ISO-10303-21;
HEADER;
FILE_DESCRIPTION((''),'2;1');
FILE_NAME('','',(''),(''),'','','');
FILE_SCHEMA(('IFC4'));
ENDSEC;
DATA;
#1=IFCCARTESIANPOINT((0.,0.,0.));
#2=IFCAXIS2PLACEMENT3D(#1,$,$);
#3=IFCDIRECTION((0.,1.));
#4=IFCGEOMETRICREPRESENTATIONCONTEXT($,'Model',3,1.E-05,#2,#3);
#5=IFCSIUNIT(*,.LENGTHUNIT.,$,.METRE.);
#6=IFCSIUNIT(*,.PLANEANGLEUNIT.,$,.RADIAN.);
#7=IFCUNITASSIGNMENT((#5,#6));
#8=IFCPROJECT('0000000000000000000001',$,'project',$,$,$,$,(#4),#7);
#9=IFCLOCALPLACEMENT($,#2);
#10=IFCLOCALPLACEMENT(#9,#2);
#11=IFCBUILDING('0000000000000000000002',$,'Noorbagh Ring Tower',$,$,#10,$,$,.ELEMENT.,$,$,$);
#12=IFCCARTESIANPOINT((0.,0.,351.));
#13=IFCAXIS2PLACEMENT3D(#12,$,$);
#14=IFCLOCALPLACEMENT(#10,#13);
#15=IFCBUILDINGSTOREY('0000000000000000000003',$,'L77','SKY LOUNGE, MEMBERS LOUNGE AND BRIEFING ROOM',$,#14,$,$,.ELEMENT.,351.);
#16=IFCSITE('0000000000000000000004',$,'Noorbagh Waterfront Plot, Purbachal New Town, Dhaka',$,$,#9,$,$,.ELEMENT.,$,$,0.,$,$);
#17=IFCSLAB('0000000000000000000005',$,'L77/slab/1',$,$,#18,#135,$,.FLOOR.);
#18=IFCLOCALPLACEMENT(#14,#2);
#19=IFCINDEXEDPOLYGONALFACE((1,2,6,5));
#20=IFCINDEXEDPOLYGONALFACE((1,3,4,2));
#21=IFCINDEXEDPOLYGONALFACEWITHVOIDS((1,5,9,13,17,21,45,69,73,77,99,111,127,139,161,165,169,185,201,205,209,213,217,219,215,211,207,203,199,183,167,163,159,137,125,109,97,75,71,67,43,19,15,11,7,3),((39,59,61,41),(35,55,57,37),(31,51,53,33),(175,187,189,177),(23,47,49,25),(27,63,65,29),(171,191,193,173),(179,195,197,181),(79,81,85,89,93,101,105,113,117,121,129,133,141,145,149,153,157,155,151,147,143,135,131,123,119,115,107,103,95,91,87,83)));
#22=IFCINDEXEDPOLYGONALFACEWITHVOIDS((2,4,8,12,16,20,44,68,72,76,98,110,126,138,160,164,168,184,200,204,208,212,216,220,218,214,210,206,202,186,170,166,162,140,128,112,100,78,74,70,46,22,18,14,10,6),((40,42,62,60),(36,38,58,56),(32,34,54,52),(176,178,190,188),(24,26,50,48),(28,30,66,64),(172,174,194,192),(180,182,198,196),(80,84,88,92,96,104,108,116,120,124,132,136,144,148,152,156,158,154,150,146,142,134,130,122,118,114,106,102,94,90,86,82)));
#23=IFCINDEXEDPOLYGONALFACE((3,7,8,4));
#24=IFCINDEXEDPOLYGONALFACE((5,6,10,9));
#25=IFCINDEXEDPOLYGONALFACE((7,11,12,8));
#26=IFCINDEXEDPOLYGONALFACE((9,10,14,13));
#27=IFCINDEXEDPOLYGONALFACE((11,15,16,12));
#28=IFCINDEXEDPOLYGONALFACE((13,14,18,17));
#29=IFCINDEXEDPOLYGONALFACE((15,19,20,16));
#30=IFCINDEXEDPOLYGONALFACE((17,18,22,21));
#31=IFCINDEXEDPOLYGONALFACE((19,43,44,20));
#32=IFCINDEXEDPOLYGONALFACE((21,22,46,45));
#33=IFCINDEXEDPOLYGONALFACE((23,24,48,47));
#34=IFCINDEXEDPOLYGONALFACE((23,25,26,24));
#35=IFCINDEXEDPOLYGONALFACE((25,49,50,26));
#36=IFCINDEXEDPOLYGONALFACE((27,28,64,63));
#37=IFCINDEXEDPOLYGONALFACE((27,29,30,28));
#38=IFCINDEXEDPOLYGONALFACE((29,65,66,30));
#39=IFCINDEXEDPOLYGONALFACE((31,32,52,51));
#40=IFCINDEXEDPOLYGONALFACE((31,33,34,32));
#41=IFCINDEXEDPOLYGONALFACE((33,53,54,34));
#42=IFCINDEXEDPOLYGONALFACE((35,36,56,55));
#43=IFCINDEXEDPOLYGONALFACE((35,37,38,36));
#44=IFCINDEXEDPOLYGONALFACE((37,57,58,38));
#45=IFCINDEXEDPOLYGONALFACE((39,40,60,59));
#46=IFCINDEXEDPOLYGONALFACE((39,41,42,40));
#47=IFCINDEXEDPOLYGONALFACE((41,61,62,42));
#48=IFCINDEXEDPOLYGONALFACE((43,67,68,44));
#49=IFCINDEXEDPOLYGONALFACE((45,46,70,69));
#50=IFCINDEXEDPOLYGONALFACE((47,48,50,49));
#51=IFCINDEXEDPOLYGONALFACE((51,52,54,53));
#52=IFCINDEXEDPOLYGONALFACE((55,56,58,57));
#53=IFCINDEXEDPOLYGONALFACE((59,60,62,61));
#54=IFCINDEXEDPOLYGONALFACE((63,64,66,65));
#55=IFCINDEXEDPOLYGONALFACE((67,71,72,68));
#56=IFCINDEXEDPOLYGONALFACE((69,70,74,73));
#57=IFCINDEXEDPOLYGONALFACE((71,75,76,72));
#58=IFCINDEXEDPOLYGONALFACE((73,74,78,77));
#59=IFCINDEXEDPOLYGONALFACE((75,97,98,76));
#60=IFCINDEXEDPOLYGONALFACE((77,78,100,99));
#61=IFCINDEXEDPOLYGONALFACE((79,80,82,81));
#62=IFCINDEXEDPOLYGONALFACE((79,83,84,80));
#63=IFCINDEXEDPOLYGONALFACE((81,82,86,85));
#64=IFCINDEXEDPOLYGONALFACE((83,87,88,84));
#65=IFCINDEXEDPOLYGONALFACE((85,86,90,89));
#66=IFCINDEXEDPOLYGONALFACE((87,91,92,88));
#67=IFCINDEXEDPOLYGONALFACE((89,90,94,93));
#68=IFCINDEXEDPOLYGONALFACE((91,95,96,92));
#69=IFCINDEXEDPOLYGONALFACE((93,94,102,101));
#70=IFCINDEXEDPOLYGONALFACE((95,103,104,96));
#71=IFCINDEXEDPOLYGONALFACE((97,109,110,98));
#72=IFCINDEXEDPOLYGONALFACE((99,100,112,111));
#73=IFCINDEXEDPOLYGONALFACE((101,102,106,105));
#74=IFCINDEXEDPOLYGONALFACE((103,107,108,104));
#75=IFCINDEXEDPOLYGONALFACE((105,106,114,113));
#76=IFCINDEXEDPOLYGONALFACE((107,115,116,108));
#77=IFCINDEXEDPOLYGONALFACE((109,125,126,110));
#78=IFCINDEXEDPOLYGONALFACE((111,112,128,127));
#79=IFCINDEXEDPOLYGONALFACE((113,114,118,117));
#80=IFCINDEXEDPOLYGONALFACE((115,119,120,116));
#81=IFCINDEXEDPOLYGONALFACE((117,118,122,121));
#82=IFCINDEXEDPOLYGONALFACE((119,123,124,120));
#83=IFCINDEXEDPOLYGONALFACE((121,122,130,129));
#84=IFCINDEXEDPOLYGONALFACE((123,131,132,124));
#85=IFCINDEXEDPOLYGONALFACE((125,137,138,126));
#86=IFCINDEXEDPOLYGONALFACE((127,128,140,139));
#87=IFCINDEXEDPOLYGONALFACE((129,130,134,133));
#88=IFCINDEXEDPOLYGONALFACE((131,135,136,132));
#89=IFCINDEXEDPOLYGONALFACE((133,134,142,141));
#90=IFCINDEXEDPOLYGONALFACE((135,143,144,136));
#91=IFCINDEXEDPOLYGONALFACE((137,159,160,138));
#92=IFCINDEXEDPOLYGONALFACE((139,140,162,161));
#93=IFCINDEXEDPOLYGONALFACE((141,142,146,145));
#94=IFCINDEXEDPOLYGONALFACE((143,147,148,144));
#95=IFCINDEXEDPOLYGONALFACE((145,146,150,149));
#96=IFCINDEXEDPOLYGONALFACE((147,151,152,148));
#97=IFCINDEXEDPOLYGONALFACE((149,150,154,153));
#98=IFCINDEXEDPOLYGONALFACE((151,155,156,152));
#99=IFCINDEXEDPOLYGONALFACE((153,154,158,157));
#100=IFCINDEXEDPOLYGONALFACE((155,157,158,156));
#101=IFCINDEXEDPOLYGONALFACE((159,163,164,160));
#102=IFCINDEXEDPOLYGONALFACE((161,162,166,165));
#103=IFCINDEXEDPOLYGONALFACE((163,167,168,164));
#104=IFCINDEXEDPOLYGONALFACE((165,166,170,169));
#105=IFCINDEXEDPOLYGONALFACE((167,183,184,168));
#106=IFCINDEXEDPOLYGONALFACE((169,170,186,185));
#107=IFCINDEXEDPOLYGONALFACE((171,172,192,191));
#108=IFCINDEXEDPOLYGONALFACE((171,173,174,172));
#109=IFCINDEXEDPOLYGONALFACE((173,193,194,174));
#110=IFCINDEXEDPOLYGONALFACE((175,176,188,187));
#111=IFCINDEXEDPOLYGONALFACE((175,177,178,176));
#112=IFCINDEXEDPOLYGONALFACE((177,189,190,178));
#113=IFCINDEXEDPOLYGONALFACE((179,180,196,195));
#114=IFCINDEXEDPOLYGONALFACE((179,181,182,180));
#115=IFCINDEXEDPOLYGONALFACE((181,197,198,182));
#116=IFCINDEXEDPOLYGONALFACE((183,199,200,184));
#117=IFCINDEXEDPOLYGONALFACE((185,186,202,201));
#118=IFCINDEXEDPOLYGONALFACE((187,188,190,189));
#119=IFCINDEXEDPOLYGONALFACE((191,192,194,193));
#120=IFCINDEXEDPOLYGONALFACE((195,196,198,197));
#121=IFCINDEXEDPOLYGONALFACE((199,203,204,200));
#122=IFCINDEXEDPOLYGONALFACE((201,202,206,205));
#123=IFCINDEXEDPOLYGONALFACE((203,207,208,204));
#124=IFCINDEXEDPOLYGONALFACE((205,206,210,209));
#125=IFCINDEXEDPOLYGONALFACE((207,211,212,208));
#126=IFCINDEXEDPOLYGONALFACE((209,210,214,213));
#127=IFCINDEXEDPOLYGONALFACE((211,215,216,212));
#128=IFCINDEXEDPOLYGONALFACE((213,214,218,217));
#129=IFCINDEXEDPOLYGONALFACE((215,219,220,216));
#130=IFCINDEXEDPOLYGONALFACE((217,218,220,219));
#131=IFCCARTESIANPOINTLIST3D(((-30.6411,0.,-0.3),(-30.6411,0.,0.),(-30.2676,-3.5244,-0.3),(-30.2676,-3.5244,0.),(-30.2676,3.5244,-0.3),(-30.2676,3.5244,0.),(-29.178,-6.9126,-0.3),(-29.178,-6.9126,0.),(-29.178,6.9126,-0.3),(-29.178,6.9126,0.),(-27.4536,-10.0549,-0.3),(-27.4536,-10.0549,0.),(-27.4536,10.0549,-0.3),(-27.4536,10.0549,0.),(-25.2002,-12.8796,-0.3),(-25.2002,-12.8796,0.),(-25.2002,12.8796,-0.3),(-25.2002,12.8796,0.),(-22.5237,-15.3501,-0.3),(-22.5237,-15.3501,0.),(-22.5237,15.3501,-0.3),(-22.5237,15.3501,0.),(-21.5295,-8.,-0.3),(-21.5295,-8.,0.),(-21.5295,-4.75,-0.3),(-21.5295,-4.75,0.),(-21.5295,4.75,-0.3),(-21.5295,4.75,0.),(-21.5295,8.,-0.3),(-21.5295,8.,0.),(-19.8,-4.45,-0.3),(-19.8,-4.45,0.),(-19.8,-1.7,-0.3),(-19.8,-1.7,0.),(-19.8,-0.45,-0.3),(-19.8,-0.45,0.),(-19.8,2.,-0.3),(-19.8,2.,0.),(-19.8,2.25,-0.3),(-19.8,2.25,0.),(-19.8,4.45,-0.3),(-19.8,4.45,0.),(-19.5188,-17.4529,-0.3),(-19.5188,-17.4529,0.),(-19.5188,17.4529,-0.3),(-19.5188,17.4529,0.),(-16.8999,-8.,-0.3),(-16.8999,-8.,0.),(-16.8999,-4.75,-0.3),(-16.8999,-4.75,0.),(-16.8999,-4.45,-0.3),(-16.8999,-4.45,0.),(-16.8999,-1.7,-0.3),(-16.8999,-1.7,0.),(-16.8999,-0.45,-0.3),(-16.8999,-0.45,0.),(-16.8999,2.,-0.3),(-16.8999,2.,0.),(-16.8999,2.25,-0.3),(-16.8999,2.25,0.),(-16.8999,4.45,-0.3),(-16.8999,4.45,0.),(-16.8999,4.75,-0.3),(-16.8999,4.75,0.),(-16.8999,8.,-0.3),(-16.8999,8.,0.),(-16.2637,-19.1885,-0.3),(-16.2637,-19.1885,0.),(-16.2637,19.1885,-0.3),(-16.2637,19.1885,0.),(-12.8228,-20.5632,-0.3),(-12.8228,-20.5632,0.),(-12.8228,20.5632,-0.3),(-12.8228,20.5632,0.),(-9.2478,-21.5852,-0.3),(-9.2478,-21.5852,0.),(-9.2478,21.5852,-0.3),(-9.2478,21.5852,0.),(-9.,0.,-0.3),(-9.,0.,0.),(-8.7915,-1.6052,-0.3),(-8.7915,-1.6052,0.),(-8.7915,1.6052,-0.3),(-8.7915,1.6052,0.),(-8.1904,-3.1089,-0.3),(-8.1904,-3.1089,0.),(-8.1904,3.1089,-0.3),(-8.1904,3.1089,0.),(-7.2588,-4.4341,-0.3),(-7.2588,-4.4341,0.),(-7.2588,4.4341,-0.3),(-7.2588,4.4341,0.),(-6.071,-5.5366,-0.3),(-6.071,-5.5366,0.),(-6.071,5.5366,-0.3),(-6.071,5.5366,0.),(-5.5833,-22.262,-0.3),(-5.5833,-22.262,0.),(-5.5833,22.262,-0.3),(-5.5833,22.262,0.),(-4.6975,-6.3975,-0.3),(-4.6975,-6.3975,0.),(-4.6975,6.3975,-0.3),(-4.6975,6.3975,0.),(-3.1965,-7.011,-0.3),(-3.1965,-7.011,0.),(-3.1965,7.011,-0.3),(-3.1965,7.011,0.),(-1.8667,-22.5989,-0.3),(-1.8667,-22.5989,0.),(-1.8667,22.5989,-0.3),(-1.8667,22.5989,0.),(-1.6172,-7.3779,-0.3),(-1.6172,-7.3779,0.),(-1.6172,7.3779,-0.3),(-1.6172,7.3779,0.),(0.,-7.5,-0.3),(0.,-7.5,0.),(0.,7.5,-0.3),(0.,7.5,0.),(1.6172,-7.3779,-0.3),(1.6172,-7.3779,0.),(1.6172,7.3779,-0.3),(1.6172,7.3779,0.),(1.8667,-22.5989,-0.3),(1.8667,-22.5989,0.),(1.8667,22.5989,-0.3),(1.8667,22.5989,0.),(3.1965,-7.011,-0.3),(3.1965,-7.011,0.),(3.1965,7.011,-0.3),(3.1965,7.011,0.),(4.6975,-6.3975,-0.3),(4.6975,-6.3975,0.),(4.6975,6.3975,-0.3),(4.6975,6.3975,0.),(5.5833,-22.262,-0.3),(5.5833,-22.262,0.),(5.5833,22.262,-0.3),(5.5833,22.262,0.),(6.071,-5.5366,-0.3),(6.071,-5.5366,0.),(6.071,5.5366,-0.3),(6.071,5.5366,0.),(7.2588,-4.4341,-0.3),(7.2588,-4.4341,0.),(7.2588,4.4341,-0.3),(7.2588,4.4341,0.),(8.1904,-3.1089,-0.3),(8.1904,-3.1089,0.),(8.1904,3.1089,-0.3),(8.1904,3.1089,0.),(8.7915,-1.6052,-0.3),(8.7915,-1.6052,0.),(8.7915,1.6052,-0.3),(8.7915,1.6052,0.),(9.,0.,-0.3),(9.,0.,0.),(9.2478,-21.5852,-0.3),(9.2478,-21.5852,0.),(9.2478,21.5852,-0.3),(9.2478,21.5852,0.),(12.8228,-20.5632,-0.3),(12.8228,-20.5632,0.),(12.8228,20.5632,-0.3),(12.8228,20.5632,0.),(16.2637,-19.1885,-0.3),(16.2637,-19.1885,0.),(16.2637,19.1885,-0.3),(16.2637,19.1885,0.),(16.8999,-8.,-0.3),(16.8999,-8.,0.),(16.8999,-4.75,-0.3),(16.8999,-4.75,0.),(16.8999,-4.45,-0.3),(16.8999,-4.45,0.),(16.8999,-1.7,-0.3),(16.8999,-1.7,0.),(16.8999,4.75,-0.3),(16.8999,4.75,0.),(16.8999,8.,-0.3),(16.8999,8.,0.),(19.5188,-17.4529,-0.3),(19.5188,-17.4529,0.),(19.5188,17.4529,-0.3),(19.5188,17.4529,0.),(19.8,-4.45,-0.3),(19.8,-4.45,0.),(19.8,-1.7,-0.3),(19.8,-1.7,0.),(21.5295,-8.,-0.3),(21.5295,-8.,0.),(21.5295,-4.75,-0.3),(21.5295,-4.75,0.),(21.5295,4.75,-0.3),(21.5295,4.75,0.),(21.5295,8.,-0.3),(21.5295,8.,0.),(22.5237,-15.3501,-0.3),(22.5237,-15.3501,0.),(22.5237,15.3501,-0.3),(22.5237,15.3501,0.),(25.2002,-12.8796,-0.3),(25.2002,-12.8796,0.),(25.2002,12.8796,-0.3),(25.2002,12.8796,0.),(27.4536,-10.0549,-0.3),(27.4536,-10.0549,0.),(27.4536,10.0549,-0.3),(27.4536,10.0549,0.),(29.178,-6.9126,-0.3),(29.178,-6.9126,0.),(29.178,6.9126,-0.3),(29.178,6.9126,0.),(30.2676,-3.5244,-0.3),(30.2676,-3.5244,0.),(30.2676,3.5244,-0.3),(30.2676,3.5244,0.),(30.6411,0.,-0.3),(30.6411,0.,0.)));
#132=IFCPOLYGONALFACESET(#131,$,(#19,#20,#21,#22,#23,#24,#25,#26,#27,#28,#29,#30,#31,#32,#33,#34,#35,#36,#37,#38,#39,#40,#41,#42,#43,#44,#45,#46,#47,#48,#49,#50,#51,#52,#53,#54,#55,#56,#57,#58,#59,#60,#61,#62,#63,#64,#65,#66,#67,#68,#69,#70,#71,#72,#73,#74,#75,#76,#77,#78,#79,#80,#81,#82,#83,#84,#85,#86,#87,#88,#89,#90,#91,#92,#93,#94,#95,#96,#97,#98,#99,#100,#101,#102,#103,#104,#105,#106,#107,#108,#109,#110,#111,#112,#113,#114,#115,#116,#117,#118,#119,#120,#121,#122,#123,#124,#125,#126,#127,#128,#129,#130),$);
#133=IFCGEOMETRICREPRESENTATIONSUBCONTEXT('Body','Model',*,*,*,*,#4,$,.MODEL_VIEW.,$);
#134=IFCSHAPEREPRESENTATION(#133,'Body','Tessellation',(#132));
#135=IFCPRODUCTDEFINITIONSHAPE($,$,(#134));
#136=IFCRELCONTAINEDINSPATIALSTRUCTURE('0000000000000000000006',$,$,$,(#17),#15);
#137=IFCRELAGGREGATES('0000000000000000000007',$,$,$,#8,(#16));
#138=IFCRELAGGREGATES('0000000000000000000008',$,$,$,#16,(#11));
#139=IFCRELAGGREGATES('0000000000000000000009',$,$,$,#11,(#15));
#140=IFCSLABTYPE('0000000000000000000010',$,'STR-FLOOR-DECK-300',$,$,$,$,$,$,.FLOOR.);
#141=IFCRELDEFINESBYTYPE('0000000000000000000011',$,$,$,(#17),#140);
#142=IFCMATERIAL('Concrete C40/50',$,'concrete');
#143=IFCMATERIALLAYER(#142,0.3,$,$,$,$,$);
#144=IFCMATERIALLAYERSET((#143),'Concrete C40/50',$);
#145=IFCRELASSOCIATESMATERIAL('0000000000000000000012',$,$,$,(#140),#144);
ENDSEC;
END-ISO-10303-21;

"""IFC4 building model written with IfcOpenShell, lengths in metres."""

from ifc_helpers import new_model, si_unit, direction, frame, origin, place, context, subcontext, project, spatial, polyline, outline, extrude, material, layer, layer_set, type_object, element, save


model = new_model("IFC4")

# Units and contexts
model_context = context("Model", 3, precision=1e-05, world=origin(), true_north=direction((0.0, 1.0)))
body_context = subcontext(model_context, "Body", "Model", "MODEL_VIEW")
ifc_project = project(units=[si_unit("LENGTHUNIT", "METRE"), si_unit("PLANEANGLEUNIT", "RADIAN")], contexts=[model_context])

# Site, building, storey
site_placement = place(None, origin())
site = spatial("IfcSite", under=ifc_project, at=site_placement, Name="Noorbagh Waterfront Plot, Purbachal New Town, Dhaka", CompositionType="ELEMENT", RefElevation=0.0)
building_placement = place(site_placement, origin())
building = spatial("IfcBuilding", under=site, at=building_placement, Name="Noorbagh Ring Tower", CompositionType="ELEMENT")
storey_placement = place(building_placement, frame((0.0, 0.0, 351.0)))
storey = spatial("IfcBuildingStorey", under=building, at=storey_placement, Name="L77", Description="SKY LOUNGE, MEMBERS LOUNGE AND BRIEFING ROOM", CompositionType="ELEMENT", Elevation=351.0)

# Slab
ifc_material_1 = material(Name="Concrete C40/50", Category="concrete")
ifc_layer_1 = layer(ifc_material_1, 0.3)
ifc_layer_set_1 = layer_set([ifc_layer_1], Name="Concrete C40/50")
slab_type = type_object("IfcSlabType", Name="STR-FLOOR-DECK-300", PredefinedType="FLOOR", material=ifc_layer_set_1)
slab_placement = place(storey_placement, frame((0.0, 0.0, -0.3)))
element("IfcSlab", 1, at=slab_placement, inside=storey, type_object=slab_type, Name="L77/slab/1", PredefinedType="FLOOR", context=body_context, shape_type="SweptSolid", body=[
    extrude(outline(polyline([(30.6411, 0.0), (30.2676, 3.5244), (29.178, 6.9126), (27.4536, 10.0549), (25.2002, 12.8796), (22.5237, 15.3501), (19.5188, 17.4529), (16.2637, 19.1885), (12.8228, 20.5632), (9.2478, 21.5852), (5.5833, 22.262), (1.8667, 22.5989), (-1.8667, 22.5989), (-5.5833, 22.262), (-9.2478, 21.5852), (-12.8228, 20.5632), (-16.2637, 19.1885), (-19.5188, 17.4529), (-22.5237, 15.3501), (-25.2002, 12.8796), (-27.4536, 10.0549), (-29.178, 6.9126), (-30.2676, 3.5244), (-30.6411, 0.0), (-30.2676, -3.5244), (-29.178, -6.9126), (-27.4536, -10.0549), (-25.2002, -12.8796), (-22.5237, -15.3501), (-19.5188, -17.4529), (-16.2637, -19.1885), (-12.8228, -20.5632), (-9.2478, -21.5852), (-5.5833, -22.262), (-1.8667, -22.5989), (1.8667, -22.5989), (5.5833, -22.262), (9.2478, -21.5852), (12.8228, -20.5632), (16.2637, -19.1885), (19.5188, -17.4529), (22.5237, -15.3501), (25.2002, -12.8796), (27.4536, -10.0549), (29.178, -6.9126), (30.2676, -3.5244), (30.6411, 0.0)]), holes=[polyline([(21.5295, -4.75), (21.5295, -8.0), (16.8999, -8.0), (16.8999, -4.75), (21.5295, -4.75)]), polyline([(21.5295, 4.75), (16.8999, 4.75), (16.8999, 8.0), (21.5295, 8.0), (21.5295, 4.75)]), polyline([(16.8999, -4.45), (16.8999, -1.7), (19.8, -1.7), (19.8, -4.45), (16.8999, -4.45)]), polyline([(6.071, -5.5366), (4.6975, -6.3975), (3.1965, -7.011), (1.6172, -7.3779), (0.0, -7.5), (-1.6172, -7.3779), (-3.1965, -7.011), (-4.6975, -6.3975), (-6.071, -5.5366), (-7.2588, -4.4341), (-8.1904, -3.1089), (-8.7915, -1.6052), (-9.0, 0.0), (-8.7915, 1.6052), (-8.1904, 3.1089), (-7.2588, 4.4341), (-6.071, 5.5366), (-4.6975, 6.3975), (-3.1965, 7.011), (-1.6172, 7.3779), (0.0, 7.5), (1.6172, 7.3779), (3.1965, 7.011), (4.6975, 6.3975), (6.071, 5.5366), (7.2588, 4.4341), (8.1904, 3.1089), (8.7915, 1.6052), (9.0, 0.0), (8.7915, -1.6052), (8.1904, -3.1089), (7.2588, -4.4341), (6.071, -5.5366)]), polyline([(-21.5295, -8.0), (-21.5295, -4.75), (-16.8999, -4.75), (-16.8999, -8.0), (-21.5295, -8.0)]), polyline([(-21.5295, 8.0), (-16.8999, 8.0), (-16.8999, 4.75), (-21.5295, 4.75), (-21.5295, 8.0)]), polyline([(-16.8999, -1.7), (-16.8999, -4.45), (-19.8, -4.45), (-19.8, -1.7), (-16.8999, -1.7)]), polyline([(-16.8999, 2.0), (-16.8999, -0.45), (-19.8, -0.45), (-19.8, 2.0), (-16.8999, 2.0)]), polyline([(-16.8999, 4.45), (-16.8999, 2.25), (-19.8, 2.25), (-19.8, 4.45), (-16.8999, 4.45)])]), origin(), (0.0, 0.0, 1.0), 0.3),
])

save(model, "model.ifc")
